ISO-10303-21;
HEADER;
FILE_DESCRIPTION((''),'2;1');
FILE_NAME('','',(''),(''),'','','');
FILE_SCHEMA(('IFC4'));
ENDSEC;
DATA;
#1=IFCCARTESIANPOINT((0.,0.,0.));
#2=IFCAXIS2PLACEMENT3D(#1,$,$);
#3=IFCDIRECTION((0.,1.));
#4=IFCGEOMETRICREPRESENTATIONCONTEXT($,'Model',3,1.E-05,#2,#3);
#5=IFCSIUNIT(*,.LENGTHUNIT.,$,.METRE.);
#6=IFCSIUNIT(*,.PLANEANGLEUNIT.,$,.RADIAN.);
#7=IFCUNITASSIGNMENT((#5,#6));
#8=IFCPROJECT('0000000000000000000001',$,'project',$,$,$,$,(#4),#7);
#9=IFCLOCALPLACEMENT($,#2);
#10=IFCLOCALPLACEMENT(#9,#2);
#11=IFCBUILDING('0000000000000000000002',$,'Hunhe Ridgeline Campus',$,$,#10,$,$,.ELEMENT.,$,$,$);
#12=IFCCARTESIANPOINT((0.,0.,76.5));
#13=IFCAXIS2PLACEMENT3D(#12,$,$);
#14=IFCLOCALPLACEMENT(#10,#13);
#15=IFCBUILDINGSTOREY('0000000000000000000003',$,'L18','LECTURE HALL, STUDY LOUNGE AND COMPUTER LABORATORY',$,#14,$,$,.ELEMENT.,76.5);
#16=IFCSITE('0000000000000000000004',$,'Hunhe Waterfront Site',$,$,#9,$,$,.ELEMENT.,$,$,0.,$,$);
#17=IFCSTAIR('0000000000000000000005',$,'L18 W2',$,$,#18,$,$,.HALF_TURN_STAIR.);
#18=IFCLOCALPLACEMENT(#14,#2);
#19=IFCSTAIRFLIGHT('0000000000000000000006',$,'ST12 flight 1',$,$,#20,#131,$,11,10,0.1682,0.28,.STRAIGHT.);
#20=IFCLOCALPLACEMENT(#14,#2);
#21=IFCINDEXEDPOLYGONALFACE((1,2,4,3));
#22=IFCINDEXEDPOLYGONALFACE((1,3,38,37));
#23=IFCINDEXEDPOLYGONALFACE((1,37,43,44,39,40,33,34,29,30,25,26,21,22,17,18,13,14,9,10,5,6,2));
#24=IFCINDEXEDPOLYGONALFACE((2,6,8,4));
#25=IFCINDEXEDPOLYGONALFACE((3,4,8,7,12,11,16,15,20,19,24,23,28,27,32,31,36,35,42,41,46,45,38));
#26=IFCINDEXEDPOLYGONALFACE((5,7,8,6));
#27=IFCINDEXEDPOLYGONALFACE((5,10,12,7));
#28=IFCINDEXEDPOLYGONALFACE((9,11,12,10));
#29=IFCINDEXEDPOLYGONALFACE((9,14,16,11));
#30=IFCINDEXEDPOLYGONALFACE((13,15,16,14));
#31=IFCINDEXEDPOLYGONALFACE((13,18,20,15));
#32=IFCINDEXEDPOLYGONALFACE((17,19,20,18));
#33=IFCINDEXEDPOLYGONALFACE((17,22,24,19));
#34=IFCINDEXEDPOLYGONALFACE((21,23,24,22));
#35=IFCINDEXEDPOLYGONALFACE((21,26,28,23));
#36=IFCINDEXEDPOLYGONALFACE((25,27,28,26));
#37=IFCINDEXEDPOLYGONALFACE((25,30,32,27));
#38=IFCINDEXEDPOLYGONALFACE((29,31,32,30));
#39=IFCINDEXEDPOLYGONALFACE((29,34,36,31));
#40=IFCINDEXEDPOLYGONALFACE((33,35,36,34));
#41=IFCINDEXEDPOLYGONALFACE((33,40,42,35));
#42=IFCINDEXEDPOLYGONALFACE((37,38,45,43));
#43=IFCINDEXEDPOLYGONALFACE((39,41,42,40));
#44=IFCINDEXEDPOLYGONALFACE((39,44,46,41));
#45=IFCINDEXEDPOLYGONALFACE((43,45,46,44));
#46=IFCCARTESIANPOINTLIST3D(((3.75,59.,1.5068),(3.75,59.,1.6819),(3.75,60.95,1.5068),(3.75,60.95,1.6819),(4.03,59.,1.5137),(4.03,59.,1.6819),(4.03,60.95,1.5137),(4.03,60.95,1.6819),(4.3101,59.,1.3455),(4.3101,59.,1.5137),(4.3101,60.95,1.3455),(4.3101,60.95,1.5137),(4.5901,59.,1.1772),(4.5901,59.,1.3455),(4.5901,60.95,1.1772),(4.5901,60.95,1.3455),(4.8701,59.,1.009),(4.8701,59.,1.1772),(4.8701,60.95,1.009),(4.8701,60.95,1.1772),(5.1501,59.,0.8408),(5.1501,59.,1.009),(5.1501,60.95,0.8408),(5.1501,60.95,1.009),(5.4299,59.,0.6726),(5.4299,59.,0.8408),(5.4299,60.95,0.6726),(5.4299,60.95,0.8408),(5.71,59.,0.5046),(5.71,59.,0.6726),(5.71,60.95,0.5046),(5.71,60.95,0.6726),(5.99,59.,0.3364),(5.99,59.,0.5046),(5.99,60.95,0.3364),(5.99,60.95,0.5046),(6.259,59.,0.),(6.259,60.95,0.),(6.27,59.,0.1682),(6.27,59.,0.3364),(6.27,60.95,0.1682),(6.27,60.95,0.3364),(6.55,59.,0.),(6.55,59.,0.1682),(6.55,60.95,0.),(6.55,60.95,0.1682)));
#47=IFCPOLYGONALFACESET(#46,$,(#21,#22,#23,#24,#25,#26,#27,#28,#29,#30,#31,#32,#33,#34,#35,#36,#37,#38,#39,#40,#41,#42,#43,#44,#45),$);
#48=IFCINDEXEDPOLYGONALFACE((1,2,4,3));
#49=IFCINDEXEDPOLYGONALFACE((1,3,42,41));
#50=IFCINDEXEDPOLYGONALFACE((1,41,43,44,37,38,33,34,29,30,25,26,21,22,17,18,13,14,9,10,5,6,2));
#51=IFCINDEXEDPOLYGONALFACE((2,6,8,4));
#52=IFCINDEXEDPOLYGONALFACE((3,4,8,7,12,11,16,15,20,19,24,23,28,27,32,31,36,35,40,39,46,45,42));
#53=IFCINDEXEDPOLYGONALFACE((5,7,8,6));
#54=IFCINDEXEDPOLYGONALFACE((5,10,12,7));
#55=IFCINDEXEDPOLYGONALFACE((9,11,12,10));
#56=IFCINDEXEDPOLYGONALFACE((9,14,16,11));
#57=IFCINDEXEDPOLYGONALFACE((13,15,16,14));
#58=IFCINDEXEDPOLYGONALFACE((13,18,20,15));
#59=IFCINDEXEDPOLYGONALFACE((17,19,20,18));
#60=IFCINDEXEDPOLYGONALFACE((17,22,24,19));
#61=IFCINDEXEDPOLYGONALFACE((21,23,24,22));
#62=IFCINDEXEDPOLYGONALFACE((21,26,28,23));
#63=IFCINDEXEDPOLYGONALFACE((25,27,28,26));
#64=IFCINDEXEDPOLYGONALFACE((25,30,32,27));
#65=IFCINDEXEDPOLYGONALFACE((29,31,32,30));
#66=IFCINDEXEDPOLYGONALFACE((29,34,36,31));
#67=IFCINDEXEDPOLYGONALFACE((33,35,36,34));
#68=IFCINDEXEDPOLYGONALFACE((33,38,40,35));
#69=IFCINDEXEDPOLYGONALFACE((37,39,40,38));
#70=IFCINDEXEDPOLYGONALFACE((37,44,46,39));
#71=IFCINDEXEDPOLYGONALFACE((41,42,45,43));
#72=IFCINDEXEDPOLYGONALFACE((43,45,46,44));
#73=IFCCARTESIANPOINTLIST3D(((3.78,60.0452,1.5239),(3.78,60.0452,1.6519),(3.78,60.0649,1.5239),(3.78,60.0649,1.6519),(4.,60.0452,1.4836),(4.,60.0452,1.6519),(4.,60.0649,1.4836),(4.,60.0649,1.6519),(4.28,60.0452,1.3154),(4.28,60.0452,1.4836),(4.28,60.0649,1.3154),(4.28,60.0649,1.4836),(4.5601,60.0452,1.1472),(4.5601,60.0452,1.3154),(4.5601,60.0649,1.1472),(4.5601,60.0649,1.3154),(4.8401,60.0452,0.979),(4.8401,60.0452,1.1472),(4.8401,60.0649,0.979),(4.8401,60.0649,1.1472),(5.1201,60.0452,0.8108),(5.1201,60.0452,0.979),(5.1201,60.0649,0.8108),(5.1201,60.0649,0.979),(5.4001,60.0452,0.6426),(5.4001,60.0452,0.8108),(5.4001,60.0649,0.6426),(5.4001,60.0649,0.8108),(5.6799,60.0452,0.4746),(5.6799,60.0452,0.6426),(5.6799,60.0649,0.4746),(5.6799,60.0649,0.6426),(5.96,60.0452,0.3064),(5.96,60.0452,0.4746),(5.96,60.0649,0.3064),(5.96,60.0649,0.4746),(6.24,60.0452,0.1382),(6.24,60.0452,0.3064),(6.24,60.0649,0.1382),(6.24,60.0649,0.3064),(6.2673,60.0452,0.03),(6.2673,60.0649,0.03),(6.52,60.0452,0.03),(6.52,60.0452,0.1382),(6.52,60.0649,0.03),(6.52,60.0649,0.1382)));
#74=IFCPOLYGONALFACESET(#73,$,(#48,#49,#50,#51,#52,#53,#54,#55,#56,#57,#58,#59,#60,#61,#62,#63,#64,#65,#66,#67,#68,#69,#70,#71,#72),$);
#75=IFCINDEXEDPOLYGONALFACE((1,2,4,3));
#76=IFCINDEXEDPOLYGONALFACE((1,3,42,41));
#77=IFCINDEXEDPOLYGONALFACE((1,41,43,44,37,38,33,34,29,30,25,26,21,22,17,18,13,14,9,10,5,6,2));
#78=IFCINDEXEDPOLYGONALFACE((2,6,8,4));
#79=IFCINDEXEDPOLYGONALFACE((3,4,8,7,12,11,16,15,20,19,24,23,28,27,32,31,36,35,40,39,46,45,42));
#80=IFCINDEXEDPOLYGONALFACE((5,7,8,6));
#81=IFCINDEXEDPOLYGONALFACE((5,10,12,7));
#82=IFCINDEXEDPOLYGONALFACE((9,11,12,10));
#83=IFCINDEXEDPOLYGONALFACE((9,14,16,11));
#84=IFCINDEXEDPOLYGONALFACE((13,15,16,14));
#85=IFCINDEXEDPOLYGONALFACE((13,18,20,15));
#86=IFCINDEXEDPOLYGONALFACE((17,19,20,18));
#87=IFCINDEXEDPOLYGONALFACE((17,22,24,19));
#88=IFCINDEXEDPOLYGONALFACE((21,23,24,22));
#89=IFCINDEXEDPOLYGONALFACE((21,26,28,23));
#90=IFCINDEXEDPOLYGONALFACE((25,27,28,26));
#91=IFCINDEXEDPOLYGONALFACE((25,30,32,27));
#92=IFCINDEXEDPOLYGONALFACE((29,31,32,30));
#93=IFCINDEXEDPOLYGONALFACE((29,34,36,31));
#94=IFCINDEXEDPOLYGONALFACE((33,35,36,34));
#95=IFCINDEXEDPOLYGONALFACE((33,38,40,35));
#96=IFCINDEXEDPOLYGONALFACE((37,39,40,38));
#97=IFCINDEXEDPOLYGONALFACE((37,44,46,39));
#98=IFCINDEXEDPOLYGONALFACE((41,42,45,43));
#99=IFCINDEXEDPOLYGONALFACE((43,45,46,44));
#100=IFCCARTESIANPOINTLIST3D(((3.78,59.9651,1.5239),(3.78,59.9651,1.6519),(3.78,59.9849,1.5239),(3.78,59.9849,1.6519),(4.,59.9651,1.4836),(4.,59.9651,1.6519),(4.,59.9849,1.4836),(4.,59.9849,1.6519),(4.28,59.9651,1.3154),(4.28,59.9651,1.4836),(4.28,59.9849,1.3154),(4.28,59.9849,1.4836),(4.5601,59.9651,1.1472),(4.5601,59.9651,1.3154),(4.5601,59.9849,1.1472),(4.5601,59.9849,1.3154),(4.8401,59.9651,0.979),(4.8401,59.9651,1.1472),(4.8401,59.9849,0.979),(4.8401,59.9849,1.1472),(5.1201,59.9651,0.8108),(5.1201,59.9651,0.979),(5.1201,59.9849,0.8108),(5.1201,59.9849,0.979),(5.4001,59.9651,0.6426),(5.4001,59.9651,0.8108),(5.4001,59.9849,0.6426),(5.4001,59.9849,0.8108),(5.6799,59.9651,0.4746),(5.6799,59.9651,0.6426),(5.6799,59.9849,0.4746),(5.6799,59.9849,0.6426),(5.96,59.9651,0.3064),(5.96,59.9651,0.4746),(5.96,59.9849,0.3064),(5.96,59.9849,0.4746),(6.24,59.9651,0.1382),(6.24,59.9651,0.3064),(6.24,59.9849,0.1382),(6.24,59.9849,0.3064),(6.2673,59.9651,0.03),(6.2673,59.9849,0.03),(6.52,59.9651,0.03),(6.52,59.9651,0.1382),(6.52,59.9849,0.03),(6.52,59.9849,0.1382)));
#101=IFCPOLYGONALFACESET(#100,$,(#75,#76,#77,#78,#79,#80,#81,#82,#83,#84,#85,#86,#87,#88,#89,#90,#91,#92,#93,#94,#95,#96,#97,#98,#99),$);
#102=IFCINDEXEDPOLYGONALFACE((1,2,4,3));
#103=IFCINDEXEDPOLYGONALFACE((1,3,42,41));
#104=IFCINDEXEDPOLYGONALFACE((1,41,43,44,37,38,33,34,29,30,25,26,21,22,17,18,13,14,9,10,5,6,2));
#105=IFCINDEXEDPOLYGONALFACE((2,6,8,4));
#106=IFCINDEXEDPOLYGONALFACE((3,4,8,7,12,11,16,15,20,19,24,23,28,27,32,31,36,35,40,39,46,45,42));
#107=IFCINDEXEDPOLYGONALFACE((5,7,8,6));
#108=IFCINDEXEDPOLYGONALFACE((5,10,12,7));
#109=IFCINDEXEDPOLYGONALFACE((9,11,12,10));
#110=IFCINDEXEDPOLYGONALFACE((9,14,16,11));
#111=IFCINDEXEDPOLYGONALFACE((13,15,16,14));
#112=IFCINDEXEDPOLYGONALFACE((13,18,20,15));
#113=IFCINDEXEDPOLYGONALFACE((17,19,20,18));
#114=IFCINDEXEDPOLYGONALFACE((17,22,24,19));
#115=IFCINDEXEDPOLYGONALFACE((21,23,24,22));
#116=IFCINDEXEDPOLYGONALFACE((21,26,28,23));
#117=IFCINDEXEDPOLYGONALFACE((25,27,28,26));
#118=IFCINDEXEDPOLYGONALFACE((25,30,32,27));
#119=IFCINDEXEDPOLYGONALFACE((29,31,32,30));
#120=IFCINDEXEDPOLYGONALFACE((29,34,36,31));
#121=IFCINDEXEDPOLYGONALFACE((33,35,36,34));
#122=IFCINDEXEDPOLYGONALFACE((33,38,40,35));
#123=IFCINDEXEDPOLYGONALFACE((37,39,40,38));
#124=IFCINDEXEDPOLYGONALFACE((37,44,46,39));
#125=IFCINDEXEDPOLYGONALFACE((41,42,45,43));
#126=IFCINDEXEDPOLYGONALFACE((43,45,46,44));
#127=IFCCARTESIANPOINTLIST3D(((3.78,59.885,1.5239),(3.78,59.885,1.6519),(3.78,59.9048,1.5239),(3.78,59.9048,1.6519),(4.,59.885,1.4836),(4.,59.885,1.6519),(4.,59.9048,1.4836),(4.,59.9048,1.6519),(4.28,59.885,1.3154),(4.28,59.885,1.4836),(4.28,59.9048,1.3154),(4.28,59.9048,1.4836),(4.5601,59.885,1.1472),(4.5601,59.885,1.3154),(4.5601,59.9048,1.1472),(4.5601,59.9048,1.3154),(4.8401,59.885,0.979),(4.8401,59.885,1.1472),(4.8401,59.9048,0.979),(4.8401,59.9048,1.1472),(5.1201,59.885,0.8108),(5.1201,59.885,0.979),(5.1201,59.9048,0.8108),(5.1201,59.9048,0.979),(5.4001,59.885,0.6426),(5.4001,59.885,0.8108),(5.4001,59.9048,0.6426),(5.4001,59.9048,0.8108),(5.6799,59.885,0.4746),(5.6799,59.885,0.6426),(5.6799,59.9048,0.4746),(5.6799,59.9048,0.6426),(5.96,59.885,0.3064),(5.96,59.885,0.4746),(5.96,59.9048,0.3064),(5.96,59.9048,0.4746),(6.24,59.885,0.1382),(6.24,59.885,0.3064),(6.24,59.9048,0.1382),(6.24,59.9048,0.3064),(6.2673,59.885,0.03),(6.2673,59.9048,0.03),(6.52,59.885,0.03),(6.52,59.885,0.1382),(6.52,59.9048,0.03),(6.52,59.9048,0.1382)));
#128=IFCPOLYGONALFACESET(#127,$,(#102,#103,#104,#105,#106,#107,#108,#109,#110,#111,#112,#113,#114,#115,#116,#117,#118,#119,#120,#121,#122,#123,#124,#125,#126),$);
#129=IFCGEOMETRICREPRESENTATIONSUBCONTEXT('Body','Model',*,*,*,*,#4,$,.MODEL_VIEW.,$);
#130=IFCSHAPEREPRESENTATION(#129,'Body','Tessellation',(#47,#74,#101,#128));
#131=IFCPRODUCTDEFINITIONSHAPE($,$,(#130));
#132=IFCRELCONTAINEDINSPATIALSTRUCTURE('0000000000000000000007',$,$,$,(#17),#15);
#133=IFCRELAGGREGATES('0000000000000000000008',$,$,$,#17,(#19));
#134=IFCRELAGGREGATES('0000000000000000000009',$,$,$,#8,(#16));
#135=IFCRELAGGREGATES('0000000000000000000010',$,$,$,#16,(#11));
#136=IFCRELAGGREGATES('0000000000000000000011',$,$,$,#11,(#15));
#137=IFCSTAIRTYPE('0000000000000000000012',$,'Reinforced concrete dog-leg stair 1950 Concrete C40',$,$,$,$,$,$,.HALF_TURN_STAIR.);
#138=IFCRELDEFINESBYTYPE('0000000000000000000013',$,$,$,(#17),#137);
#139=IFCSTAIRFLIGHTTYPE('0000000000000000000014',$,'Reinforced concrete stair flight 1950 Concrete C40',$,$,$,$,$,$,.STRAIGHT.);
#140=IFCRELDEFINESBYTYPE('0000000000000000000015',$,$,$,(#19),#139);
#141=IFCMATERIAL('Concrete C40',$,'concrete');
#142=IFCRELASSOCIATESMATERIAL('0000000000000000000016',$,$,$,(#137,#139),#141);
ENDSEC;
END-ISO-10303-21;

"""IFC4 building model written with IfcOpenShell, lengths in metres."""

from ifc_helpers import new_model, si_unit, direction, frame, origin, place, context, subcontext, project, spatial, polyline, outline, extrude, material, type_object, element, aggregate, save


model = new_model("IFC4")

# Units and contexts
model_context = context("Model", 3, precision=1e-05, world=origin(), true_north=direction((0.0, 1.0)))
body_context = subcontext(model_context, "Body", "Model", "MODEL_VIEW")
ifc_project = project(units=[si_unit("LENGTHUNIT", "METRE"), si_unit("PLANEANGLEUNIT", "RADIAN")], contexts=[model_context])

# Site, building, storey
site_placement = place(None, origin())
site = spatial("IfcSite", under=ifc_project, at=site_placement, Name="Hunhe Waterfront Site", CompositionType="ELEMENT", RefElevation=0.0)
building_placement = place(site_placement, origin())
building = spatial("IfcBuilding", under=site, at=building_placement, Name="Hunhe Ridgeline Campus", CompositionType="ELEMENT")
storey_placement = place(building_placement, frame((0.0, 0.0, 76.5)))
storey = spatial("IfcBuildingStorey", under=building, at=storey_placement, Name="L18", Description="LECTURE HALL, STUDY LOUNGE AND COMPUTER LABORATORY", CompositionType="ELEMENT", Elevation=76.5)

# Stair, stair flight
ifc_material_1 = material(Name="Concrete C40", Category="concrete")
stair_type = type_object("IfcStairType", Name="Reinforced concrete dog-leg stair 1950 Concrete C40", PredefinedType="HALF_TURN_STAIR", material=ifc_material_1)
stair_placement = place(storey_placement, origin())
stair = element("IfcStair", 1, at=stair_placement, inside=storey, type_object=stair_type, Name="L18 W2", PredefinedType="HALF_TURN_STAIR")
stair_flight_type = type_object("IfcStairFlightType", Name="Reinforced concrete stair flight 1950 Concrete C40", PredefinedType="STRAIGHT", material=ifc_material_1)
stair_flight_1_placement = place(storey_placement, frame((6.55, 59.9751, 0.0), z_axis=(0.0, 0.0, 1.0), x_axis=(-1.0, 0.0, 0.0)))
stair_flight_1 = element("IfcStairFlight", 2, at=stair_flight_1_placement, type_object=stair_flight_type, Name="ST12 flight 1", NumberOfRisers=11, NumberOfTreads=10, PredefinedType="STRAIGHT", RiserHeight=0.1682, TreadLength=0.28, context=body_context, shape_type="SweptSolid", body=[
    extrude(outline(polyline([(0.0, 0.0), (0.0, 0.1682), (0.28, 0.1682), (0.28, 0.3364), (0.5601, 0.3364), (0.5601, 0.5046), (0.8401, 0.5046), (0.8401, 0.6726), (1.1201, 0.6726), (1.1201, 0.8408), (1.3999, 0.8408), (1.3999, 1.009), (1.6799, 1.009), (1.6799, 1.1772), (1.96, 1.1772), (1.96, 1.3455), (2.24, 1.3455), (2.24, 1.5137), (2.52, 1.5137), (2.52, 1.6819), (2.8, 1.6819), (2.8, 1.8501), (2.8, 1.5068), (0.291, 0.0), (0.0, 0.0)])), frame((0.0, 0.9751, 0.0), z_axis=(0.0, -1.0, 0.0), x_axis=(1.0, 0.0, 0.0)), (0.0, 0.0, 1.0), 1.95),
    extrude(outline(polyline([(0.03, 0.03), (0.03, 0.1382), (0.3101, 0.1382), (0.3101, 0.3064), (0.5901, 0.3064), (0.5901, 0.4746), (0.8701, 0.4746), (0.8701, 0.6426), (1.1499, 0.6426), (1.1499, 0.8108), (1.4299, 0.8108), (1.4299, 0.979), (1.71, 0.979), (1.71, 1.1472), (1.99, 1.1472), (1.99, 1.3154), (2.27, 1.3154), (2.27, 1.4836), (2.55, 1.4836), (2.55, 1.6519), (2.77, 1.6519), (2.77, 1.5239), (0.2827, 0.03), (0.03, 0.03)])), frame((0.0, -0.0701, 0.0), z_axis=(0.0, -1.0, 0.0), x_axis=(1.0, 0.0, 0.0)), (0.0, 0.0, 1.0), 0.0198),
    extrude(outline(polyline([(0.03, 0.03), (0.03, 0.1382), (0.3101, 0.1382), (0.3101, 0.3064), (0.5901, 0.3064), (0.5901, 0.4746), (0.8701, 0.4746), (0.8701, 0.6426), (1.1499, 0.6426), (1.1499, 0.8108), (1.4299, 0.8108), (1.4299, 0.979), (1.71, 0.979), (1.71, 1.1472), (1.99, 1.1472), (1.99, 1.3154), (2.27, 1.3154), (2.27, 1.4836), (2.55, 1.4836), (2.55, 1.6519), (2.77, 1.6519), (2.77, 1.5239), (0.2827, 0.03), (0.03, 0.03)])), frame((0.0, 0.01, 0.0), z_axis=(0.0, -1.0, 0.0), x_axis=(1.0, 0.0, 0.0)), (0.0, 0.0, 1.0), 0.0198),
    extrude(outline(polyline([(0.03, 0.03), (0.03, 0.1382), (0.3101, 0.1382), (0.3101, 0.3064), (0.5901, 0.3064), (0.5901, 0.4746), (0.8701, 0.4746), (0.8701, 0.6426), (1.1499, 0.6426), (1.1499, 0.8108), (1.4299, 0.8108), (1.4299, 0.979), (1.71, 0.979), (1.71, 1.1472), (1.99, 1.1472), (1.99, 1.3154), (2.27, 1.3154), (2.27, 1.4836), (2.55, 1.4836), (2.55, 1.6519), (2.77, 1.6519), (2.77, 1.5239), (0.2827, 0.03), (0.03, 0.03)])), frame((0.0, 0.0901, 0.0), z_axis=(0.0, -1.0, 0.0), x_axis=(1.0, 0.0, 0.0)), (0.0, 0.0, 1.0), 0.0198),
])
aggregate(stair, [stair_flight_1])

save(model, "model.ifc")
